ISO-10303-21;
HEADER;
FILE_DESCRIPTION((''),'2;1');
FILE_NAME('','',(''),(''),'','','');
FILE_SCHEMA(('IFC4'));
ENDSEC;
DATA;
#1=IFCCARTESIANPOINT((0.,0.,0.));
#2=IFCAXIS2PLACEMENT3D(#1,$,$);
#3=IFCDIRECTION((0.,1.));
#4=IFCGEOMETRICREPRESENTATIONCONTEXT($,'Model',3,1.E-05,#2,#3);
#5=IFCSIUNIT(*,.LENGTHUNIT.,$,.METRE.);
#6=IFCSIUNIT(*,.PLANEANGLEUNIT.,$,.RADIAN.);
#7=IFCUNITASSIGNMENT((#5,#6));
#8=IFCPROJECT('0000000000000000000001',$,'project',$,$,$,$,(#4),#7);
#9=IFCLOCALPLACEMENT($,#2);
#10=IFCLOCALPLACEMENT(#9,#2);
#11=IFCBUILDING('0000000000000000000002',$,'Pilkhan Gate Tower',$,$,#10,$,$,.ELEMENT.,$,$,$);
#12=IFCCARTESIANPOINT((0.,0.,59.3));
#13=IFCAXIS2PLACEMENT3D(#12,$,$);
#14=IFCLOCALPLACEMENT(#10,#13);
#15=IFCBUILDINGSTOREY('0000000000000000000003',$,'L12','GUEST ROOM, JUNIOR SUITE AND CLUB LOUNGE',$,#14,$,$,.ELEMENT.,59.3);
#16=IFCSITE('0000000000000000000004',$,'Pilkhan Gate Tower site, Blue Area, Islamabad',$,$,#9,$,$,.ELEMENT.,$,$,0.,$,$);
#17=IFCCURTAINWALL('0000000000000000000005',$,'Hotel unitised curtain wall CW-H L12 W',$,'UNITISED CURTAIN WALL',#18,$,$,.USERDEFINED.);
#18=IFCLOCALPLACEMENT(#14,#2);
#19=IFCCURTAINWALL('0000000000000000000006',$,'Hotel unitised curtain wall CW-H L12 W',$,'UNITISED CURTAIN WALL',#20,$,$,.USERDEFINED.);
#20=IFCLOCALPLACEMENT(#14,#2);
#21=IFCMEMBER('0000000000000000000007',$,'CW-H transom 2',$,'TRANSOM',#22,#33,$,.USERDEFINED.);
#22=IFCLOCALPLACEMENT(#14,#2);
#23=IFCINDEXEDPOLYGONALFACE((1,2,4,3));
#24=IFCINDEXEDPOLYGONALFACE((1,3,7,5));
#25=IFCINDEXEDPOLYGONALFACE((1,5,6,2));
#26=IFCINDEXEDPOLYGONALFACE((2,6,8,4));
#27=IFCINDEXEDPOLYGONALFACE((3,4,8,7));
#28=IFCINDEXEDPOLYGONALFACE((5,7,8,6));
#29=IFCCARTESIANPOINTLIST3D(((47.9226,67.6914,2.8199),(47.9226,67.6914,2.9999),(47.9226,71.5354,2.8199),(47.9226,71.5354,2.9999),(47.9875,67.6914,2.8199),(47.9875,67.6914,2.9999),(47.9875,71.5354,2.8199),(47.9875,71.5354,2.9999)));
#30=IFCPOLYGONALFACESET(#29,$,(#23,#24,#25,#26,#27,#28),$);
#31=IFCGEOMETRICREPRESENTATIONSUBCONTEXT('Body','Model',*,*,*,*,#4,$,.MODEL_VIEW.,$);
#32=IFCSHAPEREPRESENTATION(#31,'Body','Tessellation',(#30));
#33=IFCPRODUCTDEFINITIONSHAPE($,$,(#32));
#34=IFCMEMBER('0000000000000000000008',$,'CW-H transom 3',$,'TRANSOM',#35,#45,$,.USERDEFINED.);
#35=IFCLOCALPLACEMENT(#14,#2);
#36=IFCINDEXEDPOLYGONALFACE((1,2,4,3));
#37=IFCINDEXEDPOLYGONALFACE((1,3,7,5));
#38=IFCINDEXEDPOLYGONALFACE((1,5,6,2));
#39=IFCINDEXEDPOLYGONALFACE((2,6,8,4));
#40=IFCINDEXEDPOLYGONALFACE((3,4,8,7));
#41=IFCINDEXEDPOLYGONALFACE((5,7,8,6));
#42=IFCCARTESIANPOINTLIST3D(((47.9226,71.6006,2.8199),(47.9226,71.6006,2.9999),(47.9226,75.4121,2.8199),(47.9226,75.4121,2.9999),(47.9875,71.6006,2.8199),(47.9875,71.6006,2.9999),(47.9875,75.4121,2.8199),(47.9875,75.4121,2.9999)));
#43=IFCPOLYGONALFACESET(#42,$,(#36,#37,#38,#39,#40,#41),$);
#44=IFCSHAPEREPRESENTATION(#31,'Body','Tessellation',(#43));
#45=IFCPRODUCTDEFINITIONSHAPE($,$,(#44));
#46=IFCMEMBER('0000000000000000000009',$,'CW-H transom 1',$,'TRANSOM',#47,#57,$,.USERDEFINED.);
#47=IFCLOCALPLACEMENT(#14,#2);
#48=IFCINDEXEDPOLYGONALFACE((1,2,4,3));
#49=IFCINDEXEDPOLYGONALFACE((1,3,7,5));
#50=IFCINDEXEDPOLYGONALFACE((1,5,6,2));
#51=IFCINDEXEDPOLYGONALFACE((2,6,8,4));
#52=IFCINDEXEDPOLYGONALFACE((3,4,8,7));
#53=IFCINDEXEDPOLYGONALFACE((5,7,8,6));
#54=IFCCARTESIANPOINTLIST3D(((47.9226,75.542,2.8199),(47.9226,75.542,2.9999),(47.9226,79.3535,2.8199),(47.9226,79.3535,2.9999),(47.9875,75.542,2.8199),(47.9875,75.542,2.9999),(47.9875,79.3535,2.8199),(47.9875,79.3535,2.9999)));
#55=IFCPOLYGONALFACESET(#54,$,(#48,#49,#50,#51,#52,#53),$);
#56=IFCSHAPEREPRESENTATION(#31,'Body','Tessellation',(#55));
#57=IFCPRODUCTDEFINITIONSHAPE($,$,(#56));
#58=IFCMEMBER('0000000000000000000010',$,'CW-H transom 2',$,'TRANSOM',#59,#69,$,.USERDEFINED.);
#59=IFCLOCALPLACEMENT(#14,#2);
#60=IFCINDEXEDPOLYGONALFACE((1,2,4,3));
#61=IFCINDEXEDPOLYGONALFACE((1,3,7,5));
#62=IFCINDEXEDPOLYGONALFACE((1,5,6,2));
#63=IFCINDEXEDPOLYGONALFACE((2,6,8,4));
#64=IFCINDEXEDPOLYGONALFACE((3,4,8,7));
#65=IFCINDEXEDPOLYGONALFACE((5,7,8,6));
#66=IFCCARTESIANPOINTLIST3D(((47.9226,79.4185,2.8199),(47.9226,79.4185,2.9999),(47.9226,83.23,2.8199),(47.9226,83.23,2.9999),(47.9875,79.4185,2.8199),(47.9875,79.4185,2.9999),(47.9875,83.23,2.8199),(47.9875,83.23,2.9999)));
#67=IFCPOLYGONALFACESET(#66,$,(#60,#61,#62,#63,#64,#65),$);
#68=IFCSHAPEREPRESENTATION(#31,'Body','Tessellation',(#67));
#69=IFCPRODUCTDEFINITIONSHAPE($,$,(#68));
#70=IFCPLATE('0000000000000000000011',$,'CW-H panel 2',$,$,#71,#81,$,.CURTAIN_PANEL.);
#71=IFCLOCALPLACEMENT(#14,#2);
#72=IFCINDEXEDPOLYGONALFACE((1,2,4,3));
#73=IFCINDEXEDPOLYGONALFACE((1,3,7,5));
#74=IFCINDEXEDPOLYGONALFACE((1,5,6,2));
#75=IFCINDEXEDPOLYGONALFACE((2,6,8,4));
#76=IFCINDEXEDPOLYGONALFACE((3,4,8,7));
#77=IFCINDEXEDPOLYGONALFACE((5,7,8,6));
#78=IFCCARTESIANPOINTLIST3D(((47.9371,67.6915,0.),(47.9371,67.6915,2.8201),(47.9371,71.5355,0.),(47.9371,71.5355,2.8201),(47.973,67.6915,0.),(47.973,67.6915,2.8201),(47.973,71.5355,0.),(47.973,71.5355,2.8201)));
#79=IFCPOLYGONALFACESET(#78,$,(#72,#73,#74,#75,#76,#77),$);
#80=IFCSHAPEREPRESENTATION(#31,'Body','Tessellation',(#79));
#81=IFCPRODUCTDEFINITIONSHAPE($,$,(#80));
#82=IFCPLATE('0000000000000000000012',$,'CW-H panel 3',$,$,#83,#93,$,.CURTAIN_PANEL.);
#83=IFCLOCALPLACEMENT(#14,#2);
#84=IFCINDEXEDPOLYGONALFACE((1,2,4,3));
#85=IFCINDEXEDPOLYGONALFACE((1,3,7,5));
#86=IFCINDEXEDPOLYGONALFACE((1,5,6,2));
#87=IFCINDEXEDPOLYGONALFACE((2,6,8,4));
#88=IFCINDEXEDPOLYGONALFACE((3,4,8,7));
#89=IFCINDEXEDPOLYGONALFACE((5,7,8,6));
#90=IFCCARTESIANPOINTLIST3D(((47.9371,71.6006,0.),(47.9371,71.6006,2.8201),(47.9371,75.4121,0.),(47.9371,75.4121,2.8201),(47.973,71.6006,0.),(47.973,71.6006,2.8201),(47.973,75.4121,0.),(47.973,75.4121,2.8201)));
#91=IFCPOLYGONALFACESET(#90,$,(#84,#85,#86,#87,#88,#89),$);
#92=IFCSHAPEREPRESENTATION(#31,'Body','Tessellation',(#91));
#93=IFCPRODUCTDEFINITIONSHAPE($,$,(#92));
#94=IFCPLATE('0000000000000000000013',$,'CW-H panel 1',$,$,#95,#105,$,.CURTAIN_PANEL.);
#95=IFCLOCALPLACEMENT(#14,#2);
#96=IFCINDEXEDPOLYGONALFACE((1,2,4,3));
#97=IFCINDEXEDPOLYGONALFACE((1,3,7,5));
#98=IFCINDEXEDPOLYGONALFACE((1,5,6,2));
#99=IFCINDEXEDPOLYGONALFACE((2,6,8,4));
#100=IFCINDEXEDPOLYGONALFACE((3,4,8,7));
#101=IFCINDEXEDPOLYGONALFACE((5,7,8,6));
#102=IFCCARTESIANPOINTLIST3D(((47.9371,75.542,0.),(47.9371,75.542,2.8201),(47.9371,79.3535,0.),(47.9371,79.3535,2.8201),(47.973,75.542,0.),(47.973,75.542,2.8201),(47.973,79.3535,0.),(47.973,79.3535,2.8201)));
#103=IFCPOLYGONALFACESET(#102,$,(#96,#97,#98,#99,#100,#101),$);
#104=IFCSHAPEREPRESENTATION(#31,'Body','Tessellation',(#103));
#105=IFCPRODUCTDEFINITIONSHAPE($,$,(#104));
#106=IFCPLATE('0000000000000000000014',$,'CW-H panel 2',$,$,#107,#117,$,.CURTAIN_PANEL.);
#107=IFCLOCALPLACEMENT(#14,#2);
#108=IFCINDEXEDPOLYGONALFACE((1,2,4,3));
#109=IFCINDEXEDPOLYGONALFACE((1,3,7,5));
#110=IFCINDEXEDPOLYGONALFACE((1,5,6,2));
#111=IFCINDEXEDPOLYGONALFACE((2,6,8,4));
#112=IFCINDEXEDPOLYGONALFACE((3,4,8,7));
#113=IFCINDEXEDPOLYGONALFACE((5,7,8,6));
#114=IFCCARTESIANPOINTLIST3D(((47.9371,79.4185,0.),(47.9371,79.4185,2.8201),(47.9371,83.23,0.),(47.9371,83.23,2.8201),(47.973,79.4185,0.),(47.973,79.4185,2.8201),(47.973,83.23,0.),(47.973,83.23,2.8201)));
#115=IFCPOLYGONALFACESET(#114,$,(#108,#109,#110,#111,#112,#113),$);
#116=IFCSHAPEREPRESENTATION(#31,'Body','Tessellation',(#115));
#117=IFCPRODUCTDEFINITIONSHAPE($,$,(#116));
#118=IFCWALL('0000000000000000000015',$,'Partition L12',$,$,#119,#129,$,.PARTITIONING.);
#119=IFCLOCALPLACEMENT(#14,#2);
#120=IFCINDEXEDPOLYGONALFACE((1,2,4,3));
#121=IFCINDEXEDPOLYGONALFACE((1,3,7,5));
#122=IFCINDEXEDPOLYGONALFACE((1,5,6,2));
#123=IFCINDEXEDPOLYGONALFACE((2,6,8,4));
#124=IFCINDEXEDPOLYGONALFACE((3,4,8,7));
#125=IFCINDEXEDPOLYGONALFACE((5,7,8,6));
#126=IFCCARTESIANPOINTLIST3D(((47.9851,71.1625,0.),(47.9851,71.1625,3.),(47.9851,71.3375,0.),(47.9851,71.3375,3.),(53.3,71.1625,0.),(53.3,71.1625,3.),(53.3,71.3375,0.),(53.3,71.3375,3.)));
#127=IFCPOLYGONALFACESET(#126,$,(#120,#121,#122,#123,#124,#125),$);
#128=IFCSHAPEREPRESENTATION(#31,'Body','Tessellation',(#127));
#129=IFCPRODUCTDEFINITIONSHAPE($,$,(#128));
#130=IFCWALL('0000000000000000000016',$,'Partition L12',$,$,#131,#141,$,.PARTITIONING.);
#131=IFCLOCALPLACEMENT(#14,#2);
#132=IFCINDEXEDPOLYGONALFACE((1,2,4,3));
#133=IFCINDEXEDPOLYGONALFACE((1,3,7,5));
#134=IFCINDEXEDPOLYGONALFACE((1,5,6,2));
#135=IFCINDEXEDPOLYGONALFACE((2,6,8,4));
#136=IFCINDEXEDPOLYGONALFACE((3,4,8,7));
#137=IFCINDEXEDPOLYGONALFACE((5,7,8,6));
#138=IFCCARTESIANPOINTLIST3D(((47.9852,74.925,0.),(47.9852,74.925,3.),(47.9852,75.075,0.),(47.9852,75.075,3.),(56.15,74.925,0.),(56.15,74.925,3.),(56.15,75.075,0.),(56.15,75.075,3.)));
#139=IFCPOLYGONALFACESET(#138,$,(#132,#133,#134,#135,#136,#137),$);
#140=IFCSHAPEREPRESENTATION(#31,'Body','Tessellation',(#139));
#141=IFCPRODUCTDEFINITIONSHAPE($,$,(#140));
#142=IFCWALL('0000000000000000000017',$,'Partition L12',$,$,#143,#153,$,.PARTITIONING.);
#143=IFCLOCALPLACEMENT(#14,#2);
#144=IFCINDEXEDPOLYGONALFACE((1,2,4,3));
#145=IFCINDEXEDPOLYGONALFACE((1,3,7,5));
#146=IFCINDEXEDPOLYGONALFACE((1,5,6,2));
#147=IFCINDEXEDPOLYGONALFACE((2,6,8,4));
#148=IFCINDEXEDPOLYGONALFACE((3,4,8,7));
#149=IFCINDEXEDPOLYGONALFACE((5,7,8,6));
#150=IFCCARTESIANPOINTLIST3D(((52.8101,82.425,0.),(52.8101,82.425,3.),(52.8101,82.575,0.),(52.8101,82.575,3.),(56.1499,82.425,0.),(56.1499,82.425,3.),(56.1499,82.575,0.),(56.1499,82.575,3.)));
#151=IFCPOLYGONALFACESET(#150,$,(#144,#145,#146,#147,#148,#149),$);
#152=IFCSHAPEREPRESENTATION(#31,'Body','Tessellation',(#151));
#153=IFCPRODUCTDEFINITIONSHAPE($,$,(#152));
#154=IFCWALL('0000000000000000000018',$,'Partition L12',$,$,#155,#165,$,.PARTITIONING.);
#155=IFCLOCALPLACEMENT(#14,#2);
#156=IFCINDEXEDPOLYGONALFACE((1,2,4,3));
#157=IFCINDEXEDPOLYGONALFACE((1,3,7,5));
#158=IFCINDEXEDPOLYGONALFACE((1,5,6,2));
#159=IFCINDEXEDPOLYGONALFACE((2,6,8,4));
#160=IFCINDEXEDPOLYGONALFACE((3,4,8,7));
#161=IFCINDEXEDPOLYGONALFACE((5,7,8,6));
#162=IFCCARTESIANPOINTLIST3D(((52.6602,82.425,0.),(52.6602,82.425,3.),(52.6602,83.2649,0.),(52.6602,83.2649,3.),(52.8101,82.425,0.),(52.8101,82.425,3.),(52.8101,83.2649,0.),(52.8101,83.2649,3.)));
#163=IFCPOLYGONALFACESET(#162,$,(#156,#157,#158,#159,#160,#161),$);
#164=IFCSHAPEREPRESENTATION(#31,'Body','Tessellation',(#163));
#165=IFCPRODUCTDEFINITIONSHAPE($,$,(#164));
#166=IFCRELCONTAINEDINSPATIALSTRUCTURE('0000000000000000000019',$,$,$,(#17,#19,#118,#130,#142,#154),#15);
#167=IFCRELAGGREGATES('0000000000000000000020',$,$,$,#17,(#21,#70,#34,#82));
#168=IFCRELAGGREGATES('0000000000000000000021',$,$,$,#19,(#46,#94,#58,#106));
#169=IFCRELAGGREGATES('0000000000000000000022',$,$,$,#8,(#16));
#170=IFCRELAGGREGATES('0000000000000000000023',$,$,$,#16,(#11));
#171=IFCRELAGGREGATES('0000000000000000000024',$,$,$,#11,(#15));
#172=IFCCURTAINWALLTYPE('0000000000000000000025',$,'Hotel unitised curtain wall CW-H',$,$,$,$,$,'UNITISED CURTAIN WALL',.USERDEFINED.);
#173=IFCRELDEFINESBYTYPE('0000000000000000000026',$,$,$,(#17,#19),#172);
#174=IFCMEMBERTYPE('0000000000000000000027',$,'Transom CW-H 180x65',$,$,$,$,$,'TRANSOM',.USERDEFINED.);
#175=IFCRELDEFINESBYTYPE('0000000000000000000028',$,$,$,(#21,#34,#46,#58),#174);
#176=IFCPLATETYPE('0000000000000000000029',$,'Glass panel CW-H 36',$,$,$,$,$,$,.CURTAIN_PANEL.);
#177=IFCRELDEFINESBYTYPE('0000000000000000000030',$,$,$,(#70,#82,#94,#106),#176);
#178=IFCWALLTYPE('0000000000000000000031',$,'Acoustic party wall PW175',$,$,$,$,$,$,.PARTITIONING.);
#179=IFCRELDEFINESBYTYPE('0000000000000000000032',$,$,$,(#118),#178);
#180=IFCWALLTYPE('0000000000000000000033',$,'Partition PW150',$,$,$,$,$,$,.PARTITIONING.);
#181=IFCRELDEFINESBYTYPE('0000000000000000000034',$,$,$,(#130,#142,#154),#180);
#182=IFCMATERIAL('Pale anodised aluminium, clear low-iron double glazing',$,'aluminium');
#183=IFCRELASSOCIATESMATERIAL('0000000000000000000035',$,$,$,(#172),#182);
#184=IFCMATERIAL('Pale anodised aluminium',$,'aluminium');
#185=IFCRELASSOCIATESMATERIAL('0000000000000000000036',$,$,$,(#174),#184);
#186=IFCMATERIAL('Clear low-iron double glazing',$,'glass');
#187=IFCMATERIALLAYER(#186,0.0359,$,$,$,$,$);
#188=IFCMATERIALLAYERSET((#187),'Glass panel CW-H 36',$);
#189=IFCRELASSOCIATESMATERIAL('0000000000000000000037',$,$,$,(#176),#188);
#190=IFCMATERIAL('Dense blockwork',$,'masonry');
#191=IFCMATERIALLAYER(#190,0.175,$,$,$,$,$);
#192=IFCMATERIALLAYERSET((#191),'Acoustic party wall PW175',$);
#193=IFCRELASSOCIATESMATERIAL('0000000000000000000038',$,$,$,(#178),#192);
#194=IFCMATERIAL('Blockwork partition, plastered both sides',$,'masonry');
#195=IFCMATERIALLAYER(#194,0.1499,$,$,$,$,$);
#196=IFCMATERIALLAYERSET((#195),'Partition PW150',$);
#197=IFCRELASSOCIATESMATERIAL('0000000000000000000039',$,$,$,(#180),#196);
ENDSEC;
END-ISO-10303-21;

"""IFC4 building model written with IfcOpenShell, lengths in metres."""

from ifc_helpers import new_model, si_unit, direction, frame, frame_2d, origin, origin_2d, place, context, subcontext, project, spatial, rectangle, extrude, material, layer, layer_set, material_profile, profile_set, type_object, element, aggregate, save


model = new_model("IFC4")

# Units and contexts
model_context = context("Model", 3, precision=1e-05, world=origin(), true_north=direction((0.0, 1.0)))
body_context = subcontext(model_context, "Body", "Model", "MODEL_VIEW")
ifc_project = project(units=[si_unit("LENGTHUNIT", "METRE"), si_unit("PLANEANGLEUNIT", "RADIAN")], contexts=[model_context])

# Site, building, storey
site_placement = place(None, origin())
site = spatial("IfcSite", under=ifc_project, at=site_placement, Name="Pilkhan Gate Tower site, Blue Area, Islamabad", CompositionType="ELEMENT", RefElevation=0.0)
building_placement = place(site_placement, origin())
building = spatial("IfcBuilding", under=site, at=building_placement, Name="Pilkhan Gate Tower", CompositionType="ELEMENT")
storey_placement = place(building_placement, frame((0.0, 0.0, 59.3)))
storey = spatial("IfcBuildingStorey", under=building, at=storey_placement, Name="L12", Description="GUEST ROOM, JUNIOR SUITE AND CLUB LOUNGE", CompositionType="ELEMENT", Elevation=59.3)

# Shared definitions
ifc_material_1 = material(Name="Pale anodised aluminium, clear low-iron double glazing", Category="aluminium")
curtain_wall_type = type_object("IfcCurtainWallType", Name="Hotel unitised curtain wall CW-H", ElementType="UNITISED CURTAIN WALL", PredefinedType="USERDEFINED", material=ifc_material_1)
ifc_material_2 = material(Name="Pale anodised aluminium", Category="aluminium")

# Curtain walls
curtain_wall_1_placement = place(storey_placement, origin())
curtain_wall_1 = element("IfcCurtainWall", 1, at=curtain_wall_1_placement, inside=storey, type_object=curtain_wall_type, Name="Hotel unitised curtain wall CW-H L12 W", ObjectType="UNITISED CURTAIN WALL", PredefinedType="USERDEFINED")
curtain_wall_2_placement = place(storey_placement, origin())
curtain_wall_2 = element("IfcCurtainWall", 2, at=curtain_wall_2_placement, inside=storey, type_object=curtain_wall_type, Name="Hotel unitised curtain wall CW-H L12 W", ObjectType="UNITISED CURTAIN WALL", PredefinedType="USERDEFINED")

# Members
ifc_material_profile_1 = material_profile(ifc_material_2, rectangle(XDim=0.0649, YDim=0.1799, at=origin_2d()), Name="Transom 180x65")
ifc_profile_set_1 = profile_set([ifc_material_profile_1], Name="Pale anodised aluminium")
member_type_1 = type_object("IfcMemberType", Name="Transom CW-H 180x65", ElementType="TRANSOM", PredefinedType="USERDEFINED", material=ifc_profile_set_1)
member_1_placement = place(storey_placement, frame((47.9551, 67.6914, 2.9099), z_axis=(0.0, 1.0, 0.0), x_axis=(-1.0, 0.0, 0.0)))
member_1 = element("IfcMember", 3, at=member_1_placement, type_object=member_type_1, Name="CW-H transom 2", ObjectType="TRANSOM", PredefinedType="USERDEFINED", context=body_context, shape_type="SweptSolid", body=[
    extrude(rectangle(XDim=0.0649, YDim=0.1799, at=origin_2d()), origin(), (0.0, 0.0, 1.0), 3.844),
])
member_2_placement = place(storey_placement, frame((47.9551, 71.6006, 2.9099), z_axis=(0.0, 1.0, 0.0), x_axis=(-1.0, 0.0, 0.0)))
member_2 = element("IfcMember", 4, at=member_2_placement, type_object=member_type_1, Name="CW-H transom 3", ObjectType="TRANSOM", PredefinedType="USERDEFINED", context=body_context, shape_type="SweptSolid", body=[
    extrude(rectangle(XDim=0.0649, YDim=0.1799, at=origin_2d()), origin(), (0.0, 0.0, 1.0), 3.8115),
])
member_3_placement = place(storey_placement, frame((47.9551, 75.542, 2.9099), z_axis=(0.0, 1.0, 0.0), x_axis=(-1.0, 0.0, 0.0)))
member_3 = element("IfcMember", 5, at=member_3_placement, type_object=member_type_1, Name="CW-H transom 1", ObjectType="TRANSOM", PredefinedType="USERDEFINED", context=body_context, shape_type="SweptSolid", body=[
    extrude(rectangle(XDim=0.0649, YDim=0.1799, at=origin_2d()), origin(), (0.0, 0.0, 1.0), 3.8115),
])
member_4_placement = place(storey_placement, frame((47.9551, 79.4185, 2.9099), z_axis=(0.0, 1.0, 0.0), x_axis=(-1.0, 0.0, 0.0)))
member_4 = element("IfcMember", 6, at=member_4_placement, type_object=member_type_1, Name="CW-H transom 2", ObjectType="TRANSOM", PredefinedType="USERDEFINED", context=body_context, shape_type="SweptSolid", body=[
    extrude(rectangle(XDim=0.0649, YDim=0.1799, at=origin_2d()), origin(), (0.0, 0.0, 1.0), 3.8115),
])

# Plates
ifc_material_3 = material(Name="Clear low-iron double glazing", Category="glass")
ifc_layer_1 = layer(ifc_material_3, 0.0359)
ifc_layer_set_1 = layer_set([ifc_layer_1], Name="Glass panel CW-H 36")
plate_type = type_object("IfcPlateType", Name="Glass panel CW-H 36", PredefinedType="CURTAIN_PANEL", material=ifc_layer_set_1)
plate_1_placement = place(storey_placement, frame((47.9551, 69.6135, 0.0), z_axis=(0.0, 0.0, 1.0), x_axis=(0.0, 1.0, 0.0)))
plate_1 = element("IfcPlate", 7, at=plate_1_placement, type_object=plate_type, Name="CW-H panel 2", PredefinedType="CURTAIN_PANEL", context=body_context, shape_type="SweptSolid", body=[
    extrude(rectangle(XDim=3.844, YDim=0.0359, at=origin_2d()), origin(), (0.0, 0.0, 1.0), 2.8201),
])
plate_2_placement = place(storey_placement, frame((47.9551, 73.5063, 0.0), z_axis=(0.0, 0.0, 1.0), x_axis=(0.0, 1.0, 0.0)))
plate_2 = element("IfcPlate", 8, at=plate_2_placement, type_object=plate_type, Name="CW-H panel 3", PredefinedType="CURTAIN_PANEL", context=body_context, shape_type="SweptSolid", body=[
    extrude(rectangle(XDim=3.8115, YDim=0.0359, at=origin_2d()), origin(), (0.0, 0.0, 1.0), 2.8201),
])
aggregate(curtain_wall_1, [member_1, plate_1, member_2, plate_2])
plate_3_placement = place(storey_placement, frame((47.9551, 77.4478, 0.0), z_axis=(0.0, 0.0, 1.0), x_axis=(0.0, 1.0, 0.0)))
plate_3 = element("IfcPlate", 9, at=plate_3_placement, type_object=plate_type, Name="CW-H panel 1", PredefinedType="CURTAIN_PANEL", context=body_context, shape_type="SweptSolid", body=[
    extrude(rectangle(XDim=3.8115, YDim=0.0359, at=origin_2d()), origin(), (0.0, 0.0, 1.0), 2.8201),
])
plate_4_placement = place(storey_placement, frame((47.9551, 81.3242, 0.0), z_axis=(0.0, 0.0, 1.0), x_axis=(0.0, 1.0, 0.0)))
plate_4 = element("IfcPlate", 10, at=plate_4_placement, type_object=plate_type, Name="CW-H panel 2", PredefinedType="CURTAIN_PANEL", context=body_context, shape_type="SweptSolid", body=[
    extrude(rectangle(XDim=3.8115, YDim=0.0359, at=origin_2d()), origin(), (0.0, 0.0, 1.0), 2.8201),
])
aggregate(curtain_wall_2, [member_3, plate_3, member_4, plate_4])

# Walls
ifc_material_4 = material(Name="Dense blockwork", Category="masonry")
ifc_layer_2 = layer(ifc_material_4, 0.175)
ifc_layer_set_2 = layer_set([ifc_layer_2], Name="Acoustic party wall PW175")
wall_type_1 = type_object("IfcWallType", Name="Acoustic party wall PW175", PredefinedType="PARTITIONING", material=ifc_layer_set_2)
wall_1_placement = place(storey_placement, frame((47.9851, 71.25, 0.0), z_axis=(0.0, 0.0, 1.0), x_axis=(1.0, 0.0, 0.0)))
element("IfcWall", 11, at=wall_1_placement, inside=storey, type_object=wall_type_1, Name="Partition L12", PredefinedType="PARTITIONING", context=body_context, shape_type="SweptSolid", body=[
    extrude(rectangle(XDim=5.3149, YDim=0.175, at=frame_2d((2.6575, 0.0))), origin(), (0.0, 0.0, 1.0), 3.0),
])
ifc_material_5 = material(Name="Blockwork partition, plastered both sides", Category="masonry")
ifc_layer_3 = layer(ifc_material_5, 0.1499)
ifc_layer_set_3 = layer_set([ifc_layer_3], Name="Partition PW150")
wall_type_2 = type_object("IfcWallType", Name="Partition PW150", PredefinedType="PARTITIONING", material=ifc_layer_set_3)
wall_2_placement = place(storey_placement, frame((47.9851, 75.0, 0.0), z_axis=(0.0, 0.0, 1.0), x_axis=(1.0, 0.0, 0.0)))
element("IfcWall", 12, at=wall_2_placement, inside=storey, type_object=wall_type_2, Name="Partition L12", PredefinedType="PARTITIONING", context=body_context, shape_type="SweptSolid", body=[
    extrude(rectangle(XDim=8.1648, YDim=0.1499, at=frame_2d((4.0825, 0.0))), origin(), (0.0, 0.0, 1.0), 3.0),
])
wall_3_placement = place(storey_placement, frame((52.8101, 82.5, 0.0), z_axis=(0.0, 0.0, 1.0), x_axis=(1.0, 0.0, 0.0)))
element("IfcWall", 13, at=wall_3_placement, inside=storey, type_object=wall_type_2, Name="Partition L12", PredefinedType="PARTITIONING", context=body_context, shape_type="SweptSolid", body=[
    extrude(rectangle(XDim=3.3398, YDim=0.1499, at=frame_2d((1.6699, 0.0))), origin(), (0.0, 0.0, 1.0), 3.0),
])
wall_4_placement = place(storey_placement, frame((52.7351, 82.425, 0.0), z_axis=(0.0, 0.0, 1.0), x_axis=(0.0, 1.0, 0.0)))
element("IfcWall", 14, at=wall_4_placement, inside=storey, type_object=wall_type_2, Name="Partition L12", PredefinedType="PARTITIONING", context=body_context, shape_type="SweptSolid", body=[
    extrude(rectangle(XDim=0.8398, YDim=0.1499, at=frame_2d((0.4199, 0.0))), origin(), (0.0, 0.0, 1.0), 3.0),
])

save(model, "model.ifc")
